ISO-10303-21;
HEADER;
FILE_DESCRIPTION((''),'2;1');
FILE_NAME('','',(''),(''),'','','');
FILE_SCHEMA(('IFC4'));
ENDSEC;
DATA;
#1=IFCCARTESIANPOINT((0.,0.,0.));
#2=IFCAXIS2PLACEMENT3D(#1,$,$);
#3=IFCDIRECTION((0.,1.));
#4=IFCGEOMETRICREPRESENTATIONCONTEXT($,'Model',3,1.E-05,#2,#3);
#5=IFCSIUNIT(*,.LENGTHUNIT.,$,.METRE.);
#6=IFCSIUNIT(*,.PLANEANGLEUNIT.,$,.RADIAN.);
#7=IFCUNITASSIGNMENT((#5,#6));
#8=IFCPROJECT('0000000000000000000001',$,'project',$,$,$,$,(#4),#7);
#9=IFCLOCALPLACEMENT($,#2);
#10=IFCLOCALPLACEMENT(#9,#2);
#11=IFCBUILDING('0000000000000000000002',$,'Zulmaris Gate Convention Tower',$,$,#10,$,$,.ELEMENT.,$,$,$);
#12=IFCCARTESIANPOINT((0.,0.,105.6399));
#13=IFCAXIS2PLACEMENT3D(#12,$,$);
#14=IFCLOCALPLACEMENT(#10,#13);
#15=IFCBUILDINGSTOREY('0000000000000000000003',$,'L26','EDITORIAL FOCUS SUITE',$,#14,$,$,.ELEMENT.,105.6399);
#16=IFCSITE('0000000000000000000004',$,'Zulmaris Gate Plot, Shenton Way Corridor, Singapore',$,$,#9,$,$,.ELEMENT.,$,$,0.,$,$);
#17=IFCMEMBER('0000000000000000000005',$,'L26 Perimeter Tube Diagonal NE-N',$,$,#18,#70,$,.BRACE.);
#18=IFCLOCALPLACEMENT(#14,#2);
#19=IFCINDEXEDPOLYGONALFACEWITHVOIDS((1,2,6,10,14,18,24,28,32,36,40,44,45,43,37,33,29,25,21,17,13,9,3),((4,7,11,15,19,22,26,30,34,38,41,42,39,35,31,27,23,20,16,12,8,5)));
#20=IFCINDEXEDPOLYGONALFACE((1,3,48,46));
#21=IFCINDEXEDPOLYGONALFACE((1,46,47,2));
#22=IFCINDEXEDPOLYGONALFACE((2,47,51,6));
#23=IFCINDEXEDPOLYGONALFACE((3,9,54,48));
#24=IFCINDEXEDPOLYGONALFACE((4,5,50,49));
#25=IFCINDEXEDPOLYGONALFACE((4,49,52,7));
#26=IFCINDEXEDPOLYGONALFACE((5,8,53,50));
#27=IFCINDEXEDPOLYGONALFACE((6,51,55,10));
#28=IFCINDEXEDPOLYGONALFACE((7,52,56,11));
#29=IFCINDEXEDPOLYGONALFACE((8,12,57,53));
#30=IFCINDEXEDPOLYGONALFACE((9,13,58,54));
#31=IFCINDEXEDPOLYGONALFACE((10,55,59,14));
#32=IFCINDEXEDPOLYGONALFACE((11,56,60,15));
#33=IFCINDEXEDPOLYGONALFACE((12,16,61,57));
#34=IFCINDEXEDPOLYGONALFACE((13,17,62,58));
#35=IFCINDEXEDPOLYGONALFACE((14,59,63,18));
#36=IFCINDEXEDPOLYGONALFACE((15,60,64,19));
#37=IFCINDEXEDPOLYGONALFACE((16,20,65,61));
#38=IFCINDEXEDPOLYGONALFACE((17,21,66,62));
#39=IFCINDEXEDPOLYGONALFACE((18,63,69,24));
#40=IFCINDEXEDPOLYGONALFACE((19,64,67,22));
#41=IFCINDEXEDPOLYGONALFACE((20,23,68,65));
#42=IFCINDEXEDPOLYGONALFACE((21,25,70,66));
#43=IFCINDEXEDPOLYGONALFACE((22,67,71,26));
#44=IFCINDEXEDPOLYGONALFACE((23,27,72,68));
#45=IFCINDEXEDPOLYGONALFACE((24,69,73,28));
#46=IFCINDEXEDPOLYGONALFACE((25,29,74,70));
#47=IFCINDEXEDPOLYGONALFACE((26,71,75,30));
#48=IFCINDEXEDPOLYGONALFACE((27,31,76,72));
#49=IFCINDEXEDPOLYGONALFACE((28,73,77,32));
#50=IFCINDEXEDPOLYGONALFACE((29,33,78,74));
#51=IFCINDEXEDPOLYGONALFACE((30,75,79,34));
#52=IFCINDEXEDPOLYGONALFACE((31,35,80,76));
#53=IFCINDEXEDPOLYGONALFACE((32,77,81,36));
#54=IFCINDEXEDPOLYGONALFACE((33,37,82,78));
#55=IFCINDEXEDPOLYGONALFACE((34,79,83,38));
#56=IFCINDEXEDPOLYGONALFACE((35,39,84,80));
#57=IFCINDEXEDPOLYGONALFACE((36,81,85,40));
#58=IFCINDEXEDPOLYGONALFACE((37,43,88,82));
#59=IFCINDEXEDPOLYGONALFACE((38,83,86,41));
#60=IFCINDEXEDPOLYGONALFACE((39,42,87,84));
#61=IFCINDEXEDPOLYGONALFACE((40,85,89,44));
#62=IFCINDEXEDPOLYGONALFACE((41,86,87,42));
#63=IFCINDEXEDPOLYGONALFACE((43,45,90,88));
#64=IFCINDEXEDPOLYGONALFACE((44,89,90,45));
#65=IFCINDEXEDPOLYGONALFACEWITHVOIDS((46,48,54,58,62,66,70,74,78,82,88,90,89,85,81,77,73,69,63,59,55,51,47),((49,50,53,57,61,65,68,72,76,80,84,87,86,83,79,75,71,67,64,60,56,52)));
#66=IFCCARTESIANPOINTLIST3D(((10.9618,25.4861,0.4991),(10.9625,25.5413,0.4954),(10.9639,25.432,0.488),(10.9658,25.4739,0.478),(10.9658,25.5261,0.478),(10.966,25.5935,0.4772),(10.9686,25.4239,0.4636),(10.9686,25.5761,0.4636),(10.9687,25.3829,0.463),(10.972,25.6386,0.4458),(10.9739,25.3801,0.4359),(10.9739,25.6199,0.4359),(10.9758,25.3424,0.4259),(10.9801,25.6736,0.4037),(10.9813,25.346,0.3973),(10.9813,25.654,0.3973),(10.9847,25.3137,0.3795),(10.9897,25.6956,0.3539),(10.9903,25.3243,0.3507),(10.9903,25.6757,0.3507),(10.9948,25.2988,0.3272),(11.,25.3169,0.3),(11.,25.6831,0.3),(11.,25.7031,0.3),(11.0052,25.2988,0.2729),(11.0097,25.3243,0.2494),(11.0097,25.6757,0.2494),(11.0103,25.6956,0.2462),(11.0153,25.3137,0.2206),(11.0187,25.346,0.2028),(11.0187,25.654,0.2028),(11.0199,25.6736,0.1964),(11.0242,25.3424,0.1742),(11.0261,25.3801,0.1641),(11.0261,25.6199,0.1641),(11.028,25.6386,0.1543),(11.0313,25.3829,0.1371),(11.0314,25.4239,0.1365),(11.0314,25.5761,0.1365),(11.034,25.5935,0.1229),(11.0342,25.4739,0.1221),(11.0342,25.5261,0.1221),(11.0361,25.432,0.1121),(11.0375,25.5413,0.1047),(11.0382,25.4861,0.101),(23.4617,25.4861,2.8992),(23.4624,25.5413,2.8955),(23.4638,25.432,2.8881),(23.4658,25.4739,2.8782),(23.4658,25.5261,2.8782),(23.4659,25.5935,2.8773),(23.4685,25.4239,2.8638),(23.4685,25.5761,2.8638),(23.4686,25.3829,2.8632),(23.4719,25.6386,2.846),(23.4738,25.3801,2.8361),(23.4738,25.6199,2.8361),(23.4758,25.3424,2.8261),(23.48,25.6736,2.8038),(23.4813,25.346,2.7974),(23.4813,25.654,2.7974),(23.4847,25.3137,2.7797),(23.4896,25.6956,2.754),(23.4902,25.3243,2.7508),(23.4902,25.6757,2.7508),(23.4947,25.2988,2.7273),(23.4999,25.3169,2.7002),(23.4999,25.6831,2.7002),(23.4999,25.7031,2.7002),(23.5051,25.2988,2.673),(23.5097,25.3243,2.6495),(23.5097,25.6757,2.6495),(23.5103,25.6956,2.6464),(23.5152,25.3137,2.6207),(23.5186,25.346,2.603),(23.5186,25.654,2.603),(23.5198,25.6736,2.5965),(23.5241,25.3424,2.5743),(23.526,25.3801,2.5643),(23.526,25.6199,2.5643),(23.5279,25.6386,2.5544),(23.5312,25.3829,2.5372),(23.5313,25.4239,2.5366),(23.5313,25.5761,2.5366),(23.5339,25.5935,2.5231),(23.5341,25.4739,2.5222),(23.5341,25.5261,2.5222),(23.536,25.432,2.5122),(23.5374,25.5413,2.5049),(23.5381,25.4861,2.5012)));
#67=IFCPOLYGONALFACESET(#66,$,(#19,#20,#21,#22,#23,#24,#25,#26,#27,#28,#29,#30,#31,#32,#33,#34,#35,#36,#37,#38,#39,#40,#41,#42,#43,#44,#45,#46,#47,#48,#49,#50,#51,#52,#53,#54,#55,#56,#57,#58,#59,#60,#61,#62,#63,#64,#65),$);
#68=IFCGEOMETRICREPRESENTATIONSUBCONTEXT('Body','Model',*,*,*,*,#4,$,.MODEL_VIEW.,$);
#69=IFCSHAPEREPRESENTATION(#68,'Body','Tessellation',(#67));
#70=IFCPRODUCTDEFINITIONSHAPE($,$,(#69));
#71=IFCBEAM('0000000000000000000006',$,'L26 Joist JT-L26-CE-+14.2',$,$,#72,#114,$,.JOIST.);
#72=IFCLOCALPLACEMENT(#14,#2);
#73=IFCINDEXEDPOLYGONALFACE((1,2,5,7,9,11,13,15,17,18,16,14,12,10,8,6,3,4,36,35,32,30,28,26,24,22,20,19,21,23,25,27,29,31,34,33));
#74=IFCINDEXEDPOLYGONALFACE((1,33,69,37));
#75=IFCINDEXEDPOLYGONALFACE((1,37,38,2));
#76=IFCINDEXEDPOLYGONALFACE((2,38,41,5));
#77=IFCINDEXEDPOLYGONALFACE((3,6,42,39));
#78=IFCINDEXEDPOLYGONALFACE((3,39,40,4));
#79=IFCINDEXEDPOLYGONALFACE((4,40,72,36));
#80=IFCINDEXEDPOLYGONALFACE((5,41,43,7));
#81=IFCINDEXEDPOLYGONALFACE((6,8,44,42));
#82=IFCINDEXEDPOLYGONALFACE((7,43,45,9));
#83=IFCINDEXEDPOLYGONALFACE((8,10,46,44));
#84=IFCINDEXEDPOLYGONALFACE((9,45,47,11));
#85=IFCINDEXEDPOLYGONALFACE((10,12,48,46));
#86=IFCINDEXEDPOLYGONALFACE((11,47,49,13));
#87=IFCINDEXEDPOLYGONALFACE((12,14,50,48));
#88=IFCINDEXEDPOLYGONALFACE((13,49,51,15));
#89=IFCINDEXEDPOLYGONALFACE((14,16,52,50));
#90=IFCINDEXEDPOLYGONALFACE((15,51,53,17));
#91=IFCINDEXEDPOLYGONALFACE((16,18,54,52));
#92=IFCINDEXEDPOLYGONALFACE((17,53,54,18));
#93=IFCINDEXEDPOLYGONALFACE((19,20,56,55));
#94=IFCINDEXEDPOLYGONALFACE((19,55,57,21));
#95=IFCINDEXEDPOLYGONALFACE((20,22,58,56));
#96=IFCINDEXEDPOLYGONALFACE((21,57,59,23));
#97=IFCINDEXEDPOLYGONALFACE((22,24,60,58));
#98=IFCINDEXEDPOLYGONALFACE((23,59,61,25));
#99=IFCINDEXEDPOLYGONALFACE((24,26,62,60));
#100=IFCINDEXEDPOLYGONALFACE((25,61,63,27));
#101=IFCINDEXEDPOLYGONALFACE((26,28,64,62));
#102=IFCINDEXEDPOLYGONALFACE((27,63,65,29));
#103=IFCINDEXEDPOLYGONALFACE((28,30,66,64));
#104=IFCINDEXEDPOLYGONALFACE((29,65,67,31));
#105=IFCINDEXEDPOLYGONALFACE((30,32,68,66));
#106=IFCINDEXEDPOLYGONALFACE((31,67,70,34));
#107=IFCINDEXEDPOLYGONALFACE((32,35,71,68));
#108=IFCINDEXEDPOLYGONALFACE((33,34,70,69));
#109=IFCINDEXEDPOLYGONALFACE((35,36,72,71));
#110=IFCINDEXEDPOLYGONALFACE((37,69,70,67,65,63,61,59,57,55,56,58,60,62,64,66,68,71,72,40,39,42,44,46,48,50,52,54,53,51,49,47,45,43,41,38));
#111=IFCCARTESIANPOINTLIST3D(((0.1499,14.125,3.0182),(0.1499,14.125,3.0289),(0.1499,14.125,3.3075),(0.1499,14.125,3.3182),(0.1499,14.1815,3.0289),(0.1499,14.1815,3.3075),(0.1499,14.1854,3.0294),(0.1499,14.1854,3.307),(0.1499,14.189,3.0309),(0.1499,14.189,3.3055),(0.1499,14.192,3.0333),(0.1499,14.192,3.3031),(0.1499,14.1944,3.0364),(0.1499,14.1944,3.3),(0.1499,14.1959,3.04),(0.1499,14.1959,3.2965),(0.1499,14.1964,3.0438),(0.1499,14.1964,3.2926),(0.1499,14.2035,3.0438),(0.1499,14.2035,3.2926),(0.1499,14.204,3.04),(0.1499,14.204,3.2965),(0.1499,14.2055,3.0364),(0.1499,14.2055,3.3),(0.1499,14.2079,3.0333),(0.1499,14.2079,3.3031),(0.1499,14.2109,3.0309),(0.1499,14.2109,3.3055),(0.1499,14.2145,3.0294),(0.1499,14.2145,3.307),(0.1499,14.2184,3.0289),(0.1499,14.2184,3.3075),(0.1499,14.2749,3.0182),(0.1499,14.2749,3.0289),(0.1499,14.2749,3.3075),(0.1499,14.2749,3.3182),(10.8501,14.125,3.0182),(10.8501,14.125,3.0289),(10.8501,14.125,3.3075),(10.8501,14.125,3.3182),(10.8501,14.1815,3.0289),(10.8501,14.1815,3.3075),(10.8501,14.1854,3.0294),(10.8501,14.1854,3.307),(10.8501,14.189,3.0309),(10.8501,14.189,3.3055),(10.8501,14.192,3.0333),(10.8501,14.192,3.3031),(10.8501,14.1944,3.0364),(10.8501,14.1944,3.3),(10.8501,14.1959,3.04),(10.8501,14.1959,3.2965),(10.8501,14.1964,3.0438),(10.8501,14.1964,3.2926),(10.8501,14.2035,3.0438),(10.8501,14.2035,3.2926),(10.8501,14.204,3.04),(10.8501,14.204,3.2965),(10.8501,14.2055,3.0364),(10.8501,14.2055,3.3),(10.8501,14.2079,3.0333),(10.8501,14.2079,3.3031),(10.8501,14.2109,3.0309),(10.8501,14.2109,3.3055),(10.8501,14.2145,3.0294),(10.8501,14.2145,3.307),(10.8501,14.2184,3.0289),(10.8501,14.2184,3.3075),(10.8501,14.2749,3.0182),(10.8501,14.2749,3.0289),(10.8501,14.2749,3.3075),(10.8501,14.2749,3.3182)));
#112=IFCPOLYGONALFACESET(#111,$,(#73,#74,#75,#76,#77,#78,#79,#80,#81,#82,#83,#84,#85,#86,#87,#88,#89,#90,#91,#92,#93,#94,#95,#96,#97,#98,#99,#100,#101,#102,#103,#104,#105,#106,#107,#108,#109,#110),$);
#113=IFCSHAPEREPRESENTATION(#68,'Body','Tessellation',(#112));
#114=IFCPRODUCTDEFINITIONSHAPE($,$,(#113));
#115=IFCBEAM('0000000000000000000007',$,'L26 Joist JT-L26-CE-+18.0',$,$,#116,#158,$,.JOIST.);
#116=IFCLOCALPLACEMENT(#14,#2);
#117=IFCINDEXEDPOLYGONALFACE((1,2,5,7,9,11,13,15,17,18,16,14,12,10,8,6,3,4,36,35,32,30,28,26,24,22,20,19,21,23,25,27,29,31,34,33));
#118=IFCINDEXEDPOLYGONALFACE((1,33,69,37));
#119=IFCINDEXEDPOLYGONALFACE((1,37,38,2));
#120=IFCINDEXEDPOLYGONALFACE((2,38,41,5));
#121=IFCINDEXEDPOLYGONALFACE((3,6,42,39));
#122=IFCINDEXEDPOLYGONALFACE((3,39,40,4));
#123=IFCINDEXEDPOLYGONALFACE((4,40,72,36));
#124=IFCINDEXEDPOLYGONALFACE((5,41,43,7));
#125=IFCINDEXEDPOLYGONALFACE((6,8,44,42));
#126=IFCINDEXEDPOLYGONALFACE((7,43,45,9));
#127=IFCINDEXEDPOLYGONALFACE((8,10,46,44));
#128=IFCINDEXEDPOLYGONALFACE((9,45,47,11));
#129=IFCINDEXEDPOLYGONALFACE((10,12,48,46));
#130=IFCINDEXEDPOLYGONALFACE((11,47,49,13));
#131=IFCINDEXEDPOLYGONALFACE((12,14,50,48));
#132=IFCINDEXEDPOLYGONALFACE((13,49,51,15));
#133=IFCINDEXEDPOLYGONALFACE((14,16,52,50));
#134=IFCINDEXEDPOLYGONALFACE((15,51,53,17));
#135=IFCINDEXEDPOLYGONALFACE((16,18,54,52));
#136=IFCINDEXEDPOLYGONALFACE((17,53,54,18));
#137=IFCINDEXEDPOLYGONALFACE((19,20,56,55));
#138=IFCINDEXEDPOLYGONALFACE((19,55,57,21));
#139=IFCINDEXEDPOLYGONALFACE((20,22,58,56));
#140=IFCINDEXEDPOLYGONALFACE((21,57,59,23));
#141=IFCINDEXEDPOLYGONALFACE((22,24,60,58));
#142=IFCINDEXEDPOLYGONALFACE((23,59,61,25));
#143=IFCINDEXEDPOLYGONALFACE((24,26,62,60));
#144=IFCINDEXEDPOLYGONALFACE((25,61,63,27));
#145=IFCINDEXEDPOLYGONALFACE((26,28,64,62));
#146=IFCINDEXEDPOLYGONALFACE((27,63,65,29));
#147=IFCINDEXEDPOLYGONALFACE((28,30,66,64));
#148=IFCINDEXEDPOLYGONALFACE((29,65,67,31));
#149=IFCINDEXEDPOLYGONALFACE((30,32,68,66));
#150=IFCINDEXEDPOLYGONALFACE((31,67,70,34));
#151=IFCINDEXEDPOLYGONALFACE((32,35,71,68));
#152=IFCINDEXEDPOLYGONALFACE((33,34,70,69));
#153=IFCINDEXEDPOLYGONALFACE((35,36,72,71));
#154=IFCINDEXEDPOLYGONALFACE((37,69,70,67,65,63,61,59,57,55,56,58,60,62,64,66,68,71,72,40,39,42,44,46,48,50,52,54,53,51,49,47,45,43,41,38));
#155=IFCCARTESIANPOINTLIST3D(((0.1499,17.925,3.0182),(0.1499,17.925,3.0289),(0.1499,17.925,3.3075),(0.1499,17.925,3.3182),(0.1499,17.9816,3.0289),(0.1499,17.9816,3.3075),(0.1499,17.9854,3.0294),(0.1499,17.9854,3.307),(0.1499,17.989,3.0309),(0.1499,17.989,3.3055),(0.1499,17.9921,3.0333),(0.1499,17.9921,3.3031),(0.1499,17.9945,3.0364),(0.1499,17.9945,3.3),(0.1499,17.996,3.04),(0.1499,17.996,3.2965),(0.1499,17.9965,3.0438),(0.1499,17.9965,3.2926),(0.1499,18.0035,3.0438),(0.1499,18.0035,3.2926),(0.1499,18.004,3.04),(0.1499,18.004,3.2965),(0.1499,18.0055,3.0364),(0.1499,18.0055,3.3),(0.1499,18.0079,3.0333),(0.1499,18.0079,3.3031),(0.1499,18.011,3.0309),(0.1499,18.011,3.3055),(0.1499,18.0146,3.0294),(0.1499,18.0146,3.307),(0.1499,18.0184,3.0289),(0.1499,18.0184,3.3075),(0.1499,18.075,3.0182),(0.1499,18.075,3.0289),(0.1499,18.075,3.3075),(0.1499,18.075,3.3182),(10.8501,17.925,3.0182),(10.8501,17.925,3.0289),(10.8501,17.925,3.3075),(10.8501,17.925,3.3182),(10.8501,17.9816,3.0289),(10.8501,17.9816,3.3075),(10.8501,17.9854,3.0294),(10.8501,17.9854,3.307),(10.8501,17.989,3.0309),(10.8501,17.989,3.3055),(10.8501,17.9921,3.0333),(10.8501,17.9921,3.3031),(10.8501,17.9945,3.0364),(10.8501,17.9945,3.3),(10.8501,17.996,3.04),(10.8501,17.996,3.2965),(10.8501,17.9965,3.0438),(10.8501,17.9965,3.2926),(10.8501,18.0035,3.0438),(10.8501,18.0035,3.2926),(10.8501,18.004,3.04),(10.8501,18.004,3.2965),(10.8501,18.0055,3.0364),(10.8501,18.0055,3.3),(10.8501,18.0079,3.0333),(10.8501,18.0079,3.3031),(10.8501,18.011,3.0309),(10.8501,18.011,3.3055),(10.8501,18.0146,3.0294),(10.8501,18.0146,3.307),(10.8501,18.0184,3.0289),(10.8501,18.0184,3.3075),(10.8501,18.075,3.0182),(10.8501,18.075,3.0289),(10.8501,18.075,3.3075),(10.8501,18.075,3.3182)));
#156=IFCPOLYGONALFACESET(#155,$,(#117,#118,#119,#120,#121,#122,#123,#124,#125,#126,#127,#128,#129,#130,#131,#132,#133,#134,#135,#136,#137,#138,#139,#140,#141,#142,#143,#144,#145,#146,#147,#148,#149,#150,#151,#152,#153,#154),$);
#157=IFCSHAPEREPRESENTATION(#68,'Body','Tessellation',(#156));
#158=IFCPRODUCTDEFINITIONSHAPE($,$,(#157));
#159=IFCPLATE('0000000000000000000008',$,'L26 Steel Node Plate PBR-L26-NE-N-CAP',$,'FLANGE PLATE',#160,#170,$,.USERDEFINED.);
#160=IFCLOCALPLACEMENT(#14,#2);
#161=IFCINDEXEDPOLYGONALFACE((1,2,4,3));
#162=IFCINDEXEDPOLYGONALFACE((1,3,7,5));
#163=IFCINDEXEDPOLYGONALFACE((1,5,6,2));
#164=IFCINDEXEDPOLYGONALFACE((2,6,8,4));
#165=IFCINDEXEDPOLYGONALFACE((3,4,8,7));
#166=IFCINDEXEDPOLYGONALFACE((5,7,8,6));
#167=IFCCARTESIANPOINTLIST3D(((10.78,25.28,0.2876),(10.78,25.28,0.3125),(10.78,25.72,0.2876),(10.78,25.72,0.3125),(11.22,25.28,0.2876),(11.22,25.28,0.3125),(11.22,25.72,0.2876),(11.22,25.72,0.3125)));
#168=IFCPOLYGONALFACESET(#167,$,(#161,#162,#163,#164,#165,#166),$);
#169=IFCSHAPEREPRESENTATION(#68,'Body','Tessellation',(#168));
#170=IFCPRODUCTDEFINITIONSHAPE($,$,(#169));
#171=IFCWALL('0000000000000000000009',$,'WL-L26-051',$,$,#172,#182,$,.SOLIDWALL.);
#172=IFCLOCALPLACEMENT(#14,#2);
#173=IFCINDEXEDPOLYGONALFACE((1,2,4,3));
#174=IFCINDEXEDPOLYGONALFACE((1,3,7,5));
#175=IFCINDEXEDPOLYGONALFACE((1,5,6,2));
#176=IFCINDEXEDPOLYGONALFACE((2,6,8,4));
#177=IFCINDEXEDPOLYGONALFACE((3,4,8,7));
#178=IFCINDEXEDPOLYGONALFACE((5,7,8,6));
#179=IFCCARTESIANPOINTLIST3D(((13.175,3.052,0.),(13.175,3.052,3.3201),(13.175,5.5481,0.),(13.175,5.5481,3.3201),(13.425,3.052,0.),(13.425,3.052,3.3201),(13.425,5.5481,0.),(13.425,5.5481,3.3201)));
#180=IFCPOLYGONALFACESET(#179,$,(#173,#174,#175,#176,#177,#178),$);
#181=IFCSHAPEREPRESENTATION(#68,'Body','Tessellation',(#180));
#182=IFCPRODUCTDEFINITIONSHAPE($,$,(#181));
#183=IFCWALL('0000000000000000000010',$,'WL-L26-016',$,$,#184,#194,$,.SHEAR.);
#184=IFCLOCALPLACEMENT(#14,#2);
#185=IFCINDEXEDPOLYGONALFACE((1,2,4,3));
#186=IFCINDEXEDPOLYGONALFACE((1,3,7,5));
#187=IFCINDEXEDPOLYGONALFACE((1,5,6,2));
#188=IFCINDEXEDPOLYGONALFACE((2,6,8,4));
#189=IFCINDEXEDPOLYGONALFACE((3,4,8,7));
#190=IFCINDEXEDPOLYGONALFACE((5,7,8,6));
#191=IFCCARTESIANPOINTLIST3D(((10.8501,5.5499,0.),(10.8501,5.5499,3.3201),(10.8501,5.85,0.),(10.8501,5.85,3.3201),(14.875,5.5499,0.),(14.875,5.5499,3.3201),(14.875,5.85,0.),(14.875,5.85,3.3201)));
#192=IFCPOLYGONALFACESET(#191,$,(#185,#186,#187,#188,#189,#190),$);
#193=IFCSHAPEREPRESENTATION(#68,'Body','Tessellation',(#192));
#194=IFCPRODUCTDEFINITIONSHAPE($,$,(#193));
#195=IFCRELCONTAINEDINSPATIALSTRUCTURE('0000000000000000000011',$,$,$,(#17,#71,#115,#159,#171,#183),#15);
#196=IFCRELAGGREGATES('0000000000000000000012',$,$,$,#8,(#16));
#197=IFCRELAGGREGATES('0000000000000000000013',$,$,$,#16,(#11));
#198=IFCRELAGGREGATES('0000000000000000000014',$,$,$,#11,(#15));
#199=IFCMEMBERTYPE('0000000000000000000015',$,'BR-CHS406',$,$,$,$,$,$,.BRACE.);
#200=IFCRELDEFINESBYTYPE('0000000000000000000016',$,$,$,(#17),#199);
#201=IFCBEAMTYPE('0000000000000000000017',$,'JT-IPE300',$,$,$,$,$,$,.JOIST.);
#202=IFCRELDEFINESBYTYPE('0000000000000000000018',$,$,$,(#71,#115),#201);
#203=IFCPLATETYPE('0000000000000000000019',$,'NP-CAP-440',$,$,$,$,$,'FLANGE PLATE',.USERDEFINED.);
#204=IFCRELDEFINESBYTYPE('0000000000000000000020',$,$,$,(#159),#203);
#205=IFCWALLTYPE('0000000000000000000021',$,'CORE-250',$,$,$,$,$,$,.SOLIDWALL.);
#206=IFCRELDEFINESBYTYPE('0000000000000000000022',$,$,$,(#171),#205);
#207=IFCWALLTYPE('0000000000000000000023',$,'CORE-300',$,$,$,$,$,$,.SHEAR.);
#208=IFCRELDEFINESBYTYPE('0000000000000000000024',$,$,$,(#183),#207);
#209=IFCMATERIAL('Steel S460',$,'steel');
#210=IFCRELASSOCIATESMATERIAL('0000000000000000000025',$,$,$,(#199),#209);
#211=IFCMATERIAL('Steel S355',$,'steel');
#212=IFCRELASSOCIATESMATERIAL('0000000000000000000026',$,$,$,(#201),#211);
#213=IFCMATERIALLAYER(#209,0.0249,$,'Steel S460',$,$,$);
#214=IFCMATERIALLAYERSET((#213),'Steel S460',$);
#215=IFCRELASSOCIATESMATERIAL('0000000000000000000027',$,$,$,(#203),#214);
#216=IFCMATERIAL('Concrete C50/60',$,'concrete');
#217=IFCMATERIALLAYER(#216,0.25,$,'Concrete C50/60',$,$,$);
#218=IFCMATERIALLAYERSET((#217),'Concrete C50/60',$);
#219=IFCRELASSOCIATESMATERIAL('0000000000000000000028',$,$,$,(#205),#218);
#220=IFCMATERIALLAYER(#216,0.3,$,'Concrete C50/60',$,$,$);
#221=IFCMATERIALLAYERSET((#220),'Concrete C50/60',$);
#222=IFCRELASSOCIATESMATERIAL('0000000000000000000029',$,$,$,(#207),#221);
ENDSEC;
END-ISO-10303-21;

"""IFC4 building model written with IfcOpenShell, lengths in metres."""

from ifc_helpers import new_model, si_unit, direction, frame, frame_2d, origin, origin_2d, place, context, subcontext, project, spatial, rectangle, hollow_circle, i_section, extrude, material, layer, layer_set, material_profile, profile_set, type_object, element, save


model = new_model("IFC4")

# Units and contexts
model_context = context("Model", 3, precision=1e-05, world=origin(), true_north=direction((0.0, 1.0)))
body_context = subcontext(model_context, "Body", "Model", "MODEL_VIEW")
ifc_project = project(units=[si_unit("LENGTHUNIT", "METRE"), si_unit("PLANEANGLEUNIT", "RADIAN")], contexts=[model_context])

# Site, building, storey
site_placement = place(None, origin())
site = spatial("IfcSite", under=ifc_project, at=site_placement, Name="Zulmaris Gate Plot, Shenton Way Corridor, Singapore", CompositionType="ELEMENT", RefElevation=0.0)
building_placement = place(site_placement, origin())
building = spatial("IfcBuilding", under=site, at=building_placement, Name="Zulmaris Gate Convention Tower", CompositionType="ELEMENT")
storey_placement = place(building_placement, frame((0.0, 0.0, 105.6399)))
storey = spatial("IfcBuildingStorey", under=building, at=storey_placement, Name="L26", Description="EDITORIAL FOCUS SUITE", CompositionType="ELEMENT", Elevation=105.6399)

# Shared definitions
ifc_material_1 = material(Name="Steel S355", Category="steel")

# Member
ifc_material_2 = material(Name="Steel S460", Category="steel")
ifc_material_profile_1 = material_profile(ifc_material_2, hollow_circle(Radius=0.2031, WallThickness=0.02, at=origin_2d()), Name="CHS 406.4x20")
ifc_profile_set_1 = profile_set([ifc_material_profile_1], Name="Steel S460")
member_type = type_object("IfcMemberType", Name="BR-CHS406", PredefinedType="BRACE", material=ifc_profile_set_1)
member_placement = place(storey_placement, frame((11.0, 25.5, 0.3), z_axis=(0.98206, 0.0, 0.188567), x_axis=(0.0, 1.0, 0.0)))
element("IfcMember", 1, at=member_placement, inside=storey, type_object=member_type, Name="L26 Perimeter Tube Diagonal NE-N", PredefinedType="BRACE", context=body_context, shape_type="SweptSolid", body=[
    extrude(hollow_circle(Radius=0.2031, WallThickness=0.02, at=origin_2d()), origin(), (0.0, 0.0, 1.0), 12.7283),
])

# Beams
ifc_material_profile_2 = material_profile(ifc_material_1, i_section(OverallWidth=0.1499, OverallDepth=0.3, WebThickness=0.0071, FlangeThickness=0.0107, FilletRadius=0.0149, at=origin_2d()), Name="IPE 300")
ifc_profile_set_2 = profile_set([ifc_material_profile_2], Name="Steel S355")
beam_type_1 = type_object("IfcBeamType", Name="JT-IPE300", PredefinedType="JOIST", material=ifc_profile_set_2)
for number, where, z_axis, x_axis, name in (
    (2, (0.1499, 14.2, 3.1682), (1.0, 0.0, 0.0), (0.0, 1.0, 0.0), "L26 Joist JT-L26-CE-+14.2"),
    (3, (0.1499, 18.0, 3.1682), (1.0, 0.0, 0.0), (0.0, 1.0, 0.0), "L26 Joist JT-L26-CE-+18.0"),
):
    element("IfcBeam", number, at=place(storey_placement, frame(where, z_axis=z_axis, x_axis=x_axis)), inside=storey, type_object=beam_type_1, Name=name, PredefinedType="JOIST", context=body_context, shape_type="SweptSolid", body=[
        extrude(i_section(OverallWidth=0.1499, OverallDepth=0.3, WebThickness=0.0071, FlangeThickness=0.0107, FilletRadius=0.0149, at=origin_2d()), origin(), (0.0, 0.0, 1.0), 10.7002),
    ])

# Plate
ifc_layer_1 = layer(ifc_material_2, 0.0249, Name="Steel S460")
ifc_layer_set_1 = layer_set([ifc_layer_1], Name="Steel S460")
plate_type = type_object("IfcPlateType", Name="NP-CAP-440", ElementType="FLANGE PLATE", PredefinedType="USERDEFINED", material=ifc_layer_set_1)
plate_placement = place(storey_placement, frame((11.0, 25.5, 0.2876), z_axis=(0.0, 0.0, 1.0), x_axis=(1.0, 0.0, 0.0)))
element("IfcPlate", 4, at=plate_placement, inside=storey, type_object=plate_type, Name="L26 Steel Node Plate PBR-L26-NE-N-CAP", ObjectType="FLANGE PLATE", PredefinedType="USERDEFINED", context=body_context, shape_type="SweptSolid", body=[
    extrude(rectangle(XDim=0.4399, YDim=0.4399, at=origin_2d()), origin(), (0.0, 0.0, 1.0), 0.0249),
])

# Walls
ifc_material_3 = material(Name="Concrete C50/60", Category="concrete")
ifc_layer_2 = layer(ifc_material_3, 0.25, Name="Concrete C50/60")
ifc_layer_set_2 = layer_set([ifc_layer_2], Name="Concrete C50/60")
wall_type_1 = type_object("IfcWallType", Name="CORE-250", PredefinedType="SOLIDWALL", material=ifc_layer_set_2)
wall_1_placement = place(storey_placement, frame((13.3, 3.052, 0.0), z_axis=(0.0, 0.0, 1.0), x_axis=(0.0, 1.0, 0.0)))
element("IfcWall", 5, at=wall_1_placement, inside=storey, type_object=wall_type_1, Name="WL-L26-051", PredefinedType="SOLIDWALL", context=body_context, shape_type="SweptSolid", body=[
    extrude(rectangle(XDim=2.4961, YDim=0.25, at=frame_2d((1.248, 0.0))), origin(), (0.0, 0.0, 1.0), 3.3201),
])
ifc_layer_3 = layer(ifc_material_3, 0.3, Name="Concrete C50/60")
ifc_layer_set_3 = layer_set([ifc_layer_3], Name="Concrete C50/60")
wall_type_2 = type_object("IfcWallType", Name="CORE-300", PredefinedType="SHEAR", material=ifc_layer_set_3)
wall_2_placement = place(storey_placement, frame((10.8501, 5.7, 0.0), z_axis=(0.0, 0.0, 1.0), x_axis=(1.0, 0.0, 0.0)))
element("IfcWall", 6, at=wall_2_placement, inside=storey, type_object=wall_type_2, Name="WL-L26-016", PredefinedType="SHEAR", context=body_context, shape_type="SweptSolid", body=[
    extrude(rectangle(XDim=4.0249, YDim=0.3, at=frame_2d((2.0125, 0.0))), origin(), (0.0, 0.0, 1.0), 3.3201),
])

save(model, "model.ifc")
